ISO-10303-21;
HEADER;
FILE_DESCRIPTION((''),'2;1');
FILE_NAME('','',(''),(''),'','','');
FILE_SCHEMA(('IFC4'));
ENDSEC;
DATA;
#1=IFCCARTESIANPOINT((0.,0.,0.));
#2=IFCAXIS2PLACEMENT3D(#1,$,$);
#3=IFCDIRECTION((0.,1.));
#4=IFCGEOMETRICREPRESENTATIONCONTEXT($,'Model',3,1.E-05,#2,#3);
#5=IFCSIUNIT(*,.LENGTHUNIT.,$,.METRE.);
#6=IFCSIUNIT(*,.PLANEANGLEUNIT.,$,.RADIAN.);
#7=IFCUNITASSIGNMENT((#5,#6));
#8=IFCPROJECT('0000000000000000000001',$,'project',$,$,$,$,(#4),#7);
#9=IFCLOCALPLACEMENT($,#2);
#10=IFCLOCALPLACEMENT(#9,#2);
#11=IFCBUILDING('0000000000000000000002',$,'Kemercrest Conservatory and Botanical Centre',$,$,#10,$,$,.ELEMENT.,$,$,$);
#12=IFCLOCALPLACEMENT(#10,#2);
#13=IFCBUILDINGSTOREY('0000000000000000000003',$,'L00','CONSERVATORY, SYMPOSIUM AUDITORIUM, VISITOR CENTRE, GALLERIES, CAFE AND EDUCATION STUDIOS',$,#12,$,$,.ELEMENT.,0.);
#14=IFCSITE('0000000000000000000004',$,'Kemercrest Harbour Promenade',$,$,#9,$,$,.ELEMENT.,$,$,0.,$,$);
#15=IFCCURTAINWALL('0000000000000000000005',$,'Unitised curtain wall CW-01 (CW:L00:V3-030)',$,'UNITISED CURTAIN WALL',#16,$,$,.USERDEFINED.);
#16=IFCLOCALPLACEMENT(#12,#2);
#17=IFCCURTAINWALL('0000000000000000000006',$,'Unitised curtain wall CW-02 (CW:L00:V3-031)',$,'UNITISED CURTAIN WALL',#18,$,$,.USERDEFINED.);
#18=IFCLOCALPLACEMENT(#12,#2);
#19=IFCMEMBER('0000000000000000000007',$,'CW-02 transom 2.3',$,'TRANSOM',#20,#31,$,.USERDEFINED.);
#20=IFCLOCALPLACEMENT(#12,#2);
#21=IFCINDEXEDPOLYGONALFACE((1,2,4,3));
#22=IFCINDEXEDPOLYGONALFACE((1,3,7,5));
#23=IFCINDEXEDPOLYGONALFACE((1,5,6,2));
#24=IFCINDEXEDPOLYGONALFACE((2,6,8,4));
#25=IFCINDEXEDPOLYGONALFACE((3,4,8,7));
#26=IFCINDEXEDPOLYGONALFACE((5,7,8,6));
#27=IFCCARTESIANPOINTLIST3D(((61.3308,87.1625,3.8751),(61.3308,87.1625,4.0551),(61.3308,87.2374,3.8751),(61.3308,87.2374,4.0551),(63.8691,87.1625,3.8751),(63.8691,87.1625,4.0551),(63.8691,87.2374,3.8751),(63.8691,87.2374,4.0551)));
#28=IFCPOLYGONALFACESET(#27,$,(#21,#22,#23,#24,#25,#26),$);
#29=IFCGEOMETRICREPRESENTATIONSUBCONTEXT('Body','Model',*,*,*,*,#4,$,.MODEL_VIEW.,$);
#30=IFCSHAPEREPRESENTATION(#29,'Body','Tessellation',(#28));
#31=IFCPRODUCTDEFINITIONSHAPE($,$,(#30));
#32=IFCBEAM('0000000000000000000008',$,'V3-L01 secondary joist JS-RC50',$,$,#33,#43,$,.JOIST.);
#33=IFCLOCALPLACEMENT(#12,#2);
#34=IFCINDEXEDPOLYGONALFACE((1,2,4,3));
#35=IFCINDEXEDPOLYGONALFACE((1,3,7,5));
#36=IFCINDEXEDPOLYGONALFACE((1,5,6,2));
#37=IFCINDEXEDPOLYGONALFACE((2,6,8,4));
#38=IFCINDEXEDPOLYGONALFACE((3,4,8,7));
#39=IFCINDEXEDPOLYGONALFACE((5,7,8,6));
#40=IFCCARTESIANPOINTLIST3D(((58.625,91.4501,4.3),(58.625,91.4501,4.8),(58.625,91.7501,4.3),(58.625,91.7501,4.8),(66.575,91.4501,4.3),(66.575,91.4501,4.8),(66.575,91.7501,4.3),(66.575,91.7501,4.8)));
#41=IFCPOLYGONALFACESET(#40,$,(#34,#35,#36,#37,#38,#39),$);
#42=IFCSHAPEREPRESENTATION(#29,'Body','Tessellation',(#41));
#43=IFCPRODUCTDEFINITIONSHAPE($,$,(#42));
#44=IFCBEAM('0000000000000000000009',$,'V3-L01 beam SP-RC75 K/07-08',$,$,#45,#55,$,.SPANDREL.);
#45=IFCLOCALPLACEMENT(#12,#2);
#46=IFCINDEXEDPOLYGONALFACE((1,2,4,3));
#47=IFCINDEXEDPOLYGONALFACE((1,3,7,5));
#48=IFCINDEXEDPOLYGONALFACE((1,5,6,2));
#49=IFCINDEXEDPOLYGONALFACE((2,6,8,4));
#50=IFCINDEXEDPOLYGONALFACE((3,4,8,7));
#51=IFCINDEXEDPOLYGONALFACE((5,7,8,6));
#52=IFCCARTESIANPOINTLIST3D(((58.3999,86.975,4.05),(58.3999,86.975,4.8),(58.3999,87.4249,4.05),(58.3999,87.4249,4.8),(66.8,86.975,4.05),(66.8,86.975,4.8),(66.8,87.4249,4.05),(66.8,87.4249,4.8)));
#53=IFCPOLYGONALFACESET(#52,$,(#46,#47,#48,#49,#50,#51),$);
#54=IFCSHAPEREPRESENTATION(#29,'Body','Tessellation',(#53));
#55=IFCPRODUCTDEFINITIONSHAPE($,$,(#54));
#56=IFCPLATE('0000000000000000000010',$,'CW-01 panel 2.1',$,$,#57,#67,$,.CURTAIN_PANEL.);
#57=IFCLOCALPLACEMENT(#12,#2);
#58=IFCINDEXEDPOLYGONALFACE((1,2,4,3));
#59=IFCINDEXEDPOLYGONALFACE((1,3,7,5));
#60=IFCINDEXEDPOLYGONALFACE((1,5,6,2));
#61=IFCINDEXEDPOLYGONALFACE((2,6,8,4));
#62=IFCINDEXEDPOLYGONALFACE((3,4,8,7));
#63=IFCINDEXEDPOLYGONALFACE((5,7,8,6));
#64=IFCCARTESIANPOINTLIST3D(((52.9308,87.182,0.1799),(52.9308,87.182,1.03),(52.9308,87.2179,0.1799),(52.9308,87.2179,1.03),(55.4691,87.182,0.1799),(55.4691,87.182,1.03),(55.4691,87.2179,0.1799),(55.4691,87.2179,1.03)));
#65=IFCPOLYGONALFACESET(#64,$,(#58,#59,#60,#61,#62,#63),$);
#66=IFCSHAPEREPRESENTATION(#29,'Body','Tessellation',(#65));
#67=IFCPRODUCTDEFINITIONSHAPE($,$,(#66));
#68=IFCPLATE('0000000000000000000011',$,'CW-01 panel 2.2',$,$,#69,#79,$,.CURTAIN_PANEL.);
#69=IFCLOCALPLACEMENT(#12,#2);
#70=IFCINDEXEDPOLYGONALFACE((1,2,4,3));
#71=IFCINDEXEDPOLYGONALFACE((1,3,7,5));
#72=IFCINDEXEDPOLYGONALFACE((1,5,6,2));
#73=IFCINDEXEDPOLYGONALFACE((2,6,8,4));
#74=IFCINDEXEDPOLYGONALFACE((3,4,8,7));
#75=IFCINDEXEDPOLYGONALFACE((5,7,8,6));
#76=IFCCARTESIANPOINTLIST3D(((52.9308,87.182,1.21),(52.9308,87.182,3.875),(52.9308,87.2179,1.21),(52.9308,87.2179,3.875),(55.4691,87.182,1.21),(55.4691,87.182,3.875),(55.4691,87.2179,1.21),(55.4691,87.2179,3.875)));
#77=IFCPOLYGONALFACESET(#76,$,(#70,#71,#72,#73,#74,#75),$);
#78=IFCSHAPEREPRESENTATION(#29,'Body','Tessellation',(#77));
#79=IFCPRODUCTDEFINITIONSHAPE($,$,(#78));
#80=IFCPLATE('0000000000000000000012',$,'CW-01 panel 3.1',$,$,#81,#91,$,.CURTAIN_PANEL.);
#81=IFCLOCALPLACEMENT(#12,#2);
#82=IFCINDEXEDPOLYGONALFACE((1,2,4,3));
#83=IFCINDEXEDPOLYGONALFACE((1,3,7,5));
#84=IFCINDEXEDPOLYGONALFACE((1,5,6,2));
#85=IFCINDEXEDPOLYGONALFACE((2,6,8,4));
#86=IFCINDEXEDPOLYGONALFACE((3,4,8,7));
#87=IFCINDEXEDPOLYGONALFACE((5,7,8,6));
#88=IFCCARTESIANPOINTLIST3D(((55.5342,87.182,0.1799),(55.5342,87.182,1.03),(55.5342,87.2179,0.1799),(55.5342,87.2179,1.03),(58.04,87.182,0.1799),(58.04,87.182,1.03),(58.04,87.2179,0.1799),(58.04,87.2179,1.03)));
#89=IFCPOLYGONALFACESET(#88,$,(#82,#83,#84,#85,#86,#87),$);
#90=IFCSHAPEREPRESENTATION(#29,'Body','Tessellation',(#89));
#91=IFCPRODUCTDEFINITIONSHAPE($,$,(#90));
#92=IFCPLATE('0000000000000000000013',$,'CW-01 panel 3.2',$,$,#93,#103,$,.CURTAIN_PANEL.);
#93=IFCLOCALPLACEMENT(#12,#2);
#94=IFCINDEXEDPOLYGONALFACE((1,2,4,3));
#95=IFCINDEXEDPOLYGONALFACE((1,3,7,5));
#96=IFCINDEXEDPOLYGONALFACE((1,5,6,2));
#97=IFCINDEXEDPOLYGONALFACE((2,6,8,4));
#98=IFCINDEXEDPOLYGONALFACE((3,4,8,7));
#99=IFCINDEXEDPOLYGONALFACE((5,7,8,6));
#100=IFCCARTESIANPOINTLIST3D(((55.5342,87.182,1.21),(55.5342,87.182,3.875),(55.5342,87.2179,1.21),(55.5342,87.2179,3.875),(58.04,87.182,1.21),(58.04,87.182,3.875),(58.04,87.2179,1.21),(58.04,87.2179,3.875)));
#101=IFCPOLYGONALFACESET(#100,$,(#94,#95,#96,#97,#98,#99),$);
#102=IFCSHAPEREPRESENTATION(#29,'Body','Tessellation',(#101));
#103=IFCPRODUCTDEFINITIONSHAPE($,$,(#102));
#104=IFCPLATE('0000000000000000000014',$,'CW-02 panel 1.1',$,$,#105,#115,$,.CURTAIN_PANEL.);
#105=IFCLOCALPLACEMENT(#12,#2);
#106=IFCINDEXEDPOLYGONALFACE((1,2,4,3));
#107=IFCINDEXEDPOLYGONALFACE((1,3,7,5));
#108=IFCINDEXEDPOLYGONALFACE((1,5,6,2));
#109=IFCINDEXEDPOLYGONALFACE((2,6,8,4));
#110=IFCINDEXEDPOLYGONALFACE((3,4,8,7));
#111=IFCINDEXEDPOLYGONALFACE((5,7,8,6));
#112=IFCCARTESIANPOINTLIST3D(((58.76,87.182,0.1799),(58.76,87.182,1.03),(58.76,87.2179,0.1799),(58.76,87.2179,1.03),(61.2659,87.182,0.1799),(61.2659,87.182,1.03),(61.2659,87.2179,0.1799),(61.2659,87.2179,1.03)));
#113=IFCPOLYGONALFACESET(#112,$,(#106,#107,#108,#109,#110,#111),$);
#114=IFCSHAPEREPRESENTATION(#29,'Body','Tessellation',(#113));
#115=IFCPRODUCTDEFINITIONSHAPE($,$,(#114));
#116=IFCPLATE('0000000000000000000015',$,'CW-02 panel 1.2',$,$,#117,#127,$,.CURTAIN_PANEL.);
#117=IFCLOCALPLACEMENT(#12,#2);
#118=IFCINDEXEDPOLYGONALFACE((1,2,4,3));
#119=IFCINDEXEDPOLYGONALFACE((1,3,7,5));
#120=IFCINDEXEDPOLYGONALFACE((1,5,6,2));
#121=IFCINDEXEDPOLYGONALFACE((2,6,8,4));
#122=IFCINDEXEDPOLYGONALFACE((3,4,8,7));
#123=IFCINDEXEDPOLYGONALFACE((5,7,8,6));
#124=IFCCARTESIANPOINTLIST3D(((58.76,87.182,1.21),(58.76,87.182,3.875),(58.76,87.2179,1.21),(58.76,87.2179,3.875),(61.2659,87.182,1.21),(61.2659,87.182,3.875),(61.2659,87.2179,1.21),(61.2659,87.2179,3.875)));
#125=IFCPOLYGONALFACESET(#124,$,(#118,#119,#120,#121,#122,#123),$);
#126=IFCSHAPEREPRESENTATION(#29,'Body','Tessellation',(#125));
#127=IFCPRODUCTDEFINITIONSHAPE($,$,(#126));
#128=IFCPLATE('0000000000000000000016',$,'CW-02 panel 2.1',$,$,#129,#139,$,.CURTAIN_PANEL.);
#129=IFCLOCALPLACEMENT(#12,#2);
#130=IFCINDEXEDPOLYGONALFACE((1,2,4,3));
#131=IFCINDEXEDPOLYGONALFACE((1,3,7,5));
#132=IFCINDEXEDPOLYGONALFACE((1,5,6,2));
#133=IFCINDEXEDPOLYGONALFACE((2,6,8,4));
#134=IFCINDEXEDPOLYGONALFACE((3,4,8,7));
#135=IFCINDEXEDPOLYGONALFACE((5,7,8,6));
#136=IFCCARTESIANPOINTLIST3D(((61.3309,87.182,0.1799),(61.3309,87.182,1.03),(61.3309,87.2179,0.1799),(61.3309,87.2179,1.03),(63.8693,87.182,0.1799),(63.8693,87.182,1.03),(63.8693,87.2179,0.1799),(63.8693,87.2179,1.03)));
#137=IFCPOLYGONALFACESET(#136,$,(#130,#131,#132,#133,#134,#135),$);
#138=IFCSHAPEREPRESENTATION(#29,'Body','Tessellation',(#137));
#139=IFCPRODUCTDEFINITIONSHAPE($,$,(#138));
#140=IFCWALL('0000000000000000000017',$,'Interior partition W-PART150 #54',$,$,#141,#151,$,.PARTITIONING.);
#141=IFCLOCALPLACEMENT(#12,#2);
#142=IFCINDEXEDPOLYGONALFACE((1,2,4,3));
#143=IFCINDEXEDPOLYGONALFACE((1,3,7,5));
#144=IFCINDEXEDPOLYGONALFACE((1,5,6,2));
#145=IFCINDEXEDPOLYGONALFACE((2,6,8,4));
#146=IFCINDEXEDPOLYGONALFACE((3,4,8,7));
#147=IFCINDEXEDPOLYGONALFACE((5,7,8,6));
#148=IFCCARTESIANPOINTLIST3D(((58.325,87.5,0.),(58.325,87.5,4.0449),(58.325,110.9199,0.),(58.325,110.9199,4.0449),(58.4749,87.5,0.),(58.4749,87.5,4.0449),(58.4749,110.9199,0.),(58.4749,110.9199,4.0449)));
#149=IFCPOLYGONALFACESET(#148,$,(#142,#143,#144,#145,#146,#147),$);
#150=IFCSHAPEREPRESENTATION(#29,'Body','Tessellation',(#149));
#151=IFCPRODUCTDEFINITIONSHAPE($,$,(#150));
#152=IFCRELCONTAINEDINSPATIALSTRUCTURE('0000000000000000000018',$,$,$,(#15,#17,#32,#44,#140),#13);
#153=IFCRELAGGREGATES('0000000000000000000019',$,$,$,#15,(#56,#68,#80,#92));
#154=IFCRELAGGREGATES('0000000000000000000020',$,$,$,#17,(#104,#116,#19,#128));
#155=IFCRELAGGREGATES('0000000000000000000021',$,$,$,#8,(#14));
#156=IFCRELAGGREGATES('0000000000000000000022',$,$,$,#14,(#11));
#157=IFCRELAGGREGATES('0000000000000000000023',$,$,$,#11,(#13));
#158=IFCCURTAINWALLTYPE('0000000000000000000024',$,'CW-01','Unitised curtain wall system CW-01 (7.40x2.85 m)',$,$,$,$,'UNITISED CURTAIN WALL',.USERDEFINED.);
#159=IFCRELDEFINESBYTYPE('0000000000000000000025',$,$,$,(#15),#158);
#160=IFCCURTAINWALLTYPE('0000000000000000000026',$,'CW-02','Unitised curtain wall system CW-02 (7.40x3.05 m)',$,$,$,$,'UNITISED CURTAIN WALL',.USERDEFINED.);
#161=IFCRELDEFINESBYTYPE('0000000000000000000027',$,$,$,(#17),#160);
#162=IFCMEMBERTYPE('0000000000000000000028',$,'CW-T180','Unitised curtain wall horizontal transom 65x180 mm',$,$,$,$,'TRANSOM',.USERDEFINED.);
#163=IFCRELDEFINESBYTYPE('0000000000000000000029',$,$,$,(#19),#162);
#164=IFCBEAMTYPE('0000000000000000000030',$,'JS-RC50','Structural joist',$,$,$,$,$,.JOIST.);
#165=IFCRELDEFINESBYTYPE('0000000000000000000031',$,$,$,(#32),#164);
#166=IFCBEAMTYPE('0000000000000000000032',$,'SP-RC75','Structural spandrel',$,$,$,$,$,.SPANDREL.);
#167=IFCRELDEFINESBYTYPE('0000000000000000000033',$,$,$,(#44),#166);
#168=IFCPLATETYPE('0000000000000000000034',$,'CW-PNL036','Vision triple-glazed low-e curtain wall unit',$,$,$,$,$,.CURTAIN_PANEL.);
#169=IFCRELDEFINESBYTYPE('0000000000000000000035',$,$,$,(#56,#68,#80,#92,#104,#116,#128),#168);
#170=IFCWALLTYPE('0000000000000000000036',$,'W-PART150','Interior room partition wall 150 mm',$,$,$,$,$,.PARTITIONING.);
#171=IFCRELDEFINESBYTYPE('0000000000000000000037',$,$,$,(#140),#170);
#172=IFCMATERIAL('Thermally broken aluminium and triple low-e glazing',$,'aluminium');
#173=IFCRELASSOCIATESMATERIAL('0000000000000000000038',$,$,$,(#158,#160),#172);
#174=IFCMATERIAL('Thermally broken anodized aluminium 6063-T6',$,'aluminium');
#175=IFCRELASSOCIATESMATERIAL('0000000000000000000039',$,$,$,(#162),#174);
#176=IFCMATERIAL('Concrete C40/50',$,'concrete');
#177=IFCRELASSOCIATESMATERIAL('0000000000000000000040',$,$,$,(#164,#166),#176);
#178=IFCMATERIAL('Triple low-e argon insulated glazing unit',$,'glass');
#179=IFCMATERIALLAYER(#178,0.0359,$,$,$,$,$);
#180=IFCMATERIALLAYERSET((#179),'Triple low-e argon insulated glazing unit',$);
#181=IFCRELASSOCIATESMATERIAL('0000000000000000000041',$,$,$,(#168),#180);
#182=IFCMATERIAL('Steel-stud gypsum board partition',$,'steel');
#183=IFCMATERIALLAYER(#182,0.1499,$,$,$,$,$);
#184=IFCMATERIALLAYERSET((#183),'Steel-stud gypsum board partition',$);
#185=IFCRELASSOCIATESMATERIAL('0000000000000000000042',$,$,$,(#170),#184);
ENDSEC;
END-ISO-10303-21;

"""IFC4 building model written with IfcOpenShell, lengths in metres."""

from ifc_helpers import new_model, si_unit, direction, frame, frame_2d, origin, origin_2d, place, context, subcontext, project, spatial, rectangle, extrude, material, layer, layer_set, material_profile, profile_set, type_object, element, aggregate, save


model = new_model("IFC4")

# Units and contexts
model_context = context("Model", 3, precision=1e-05, world=origin(), true_north=direction((0.0, 1.0)))
body_context = subcontext(model_context, "Body", "Model", "MODEL_VIEW")
ifc_project = project(units=[si_unit("LENGTHUNIT", "METRE"), si_unit("PLANEANGLEUNIT", "RADIAN")], contexts=[model_context])

# Site, building, storey
site_placement = place(None, origin())
site = spatial("IfcSite", under=ifc_project, at=site_placement, Name="Kemercrest Harbour Promenade", CompositionType="ELEMENT", RefElevation=0.0)
building_placement = place(site_placement, origin())
building = spatial("IfcBuilding", under=site, at=building_placement, Name="Kemercrest Conservatory and Botanical Centre", CompositionType="ELEMENT")
storey_placement = place(building_placement, origin())
storey = spatial("IfcBuildingStorey", under=building, at=storey_placement, Name="L00", Description="CONSERVATORY, SYMPOSIUM AUDITORIUM, VISITOR CENTRE, GALLERIES, CAFE AND EDUCATION STUDIOS", CompositionType="ELEMENT", Elevation=0.0)

# Shared definitions
ifc_material_1 = material(Name="Concrete C40/50", Category="concrete")

# Curtain walls
ifc_material_2 = material(Name="Thermally broken aluminium and triple low-e glazing", Category="aluminium")
curtain_wall_type_1 = type_object("IfcCurtainWallType", Name="CW-01", Description="Unitised curtain wall system CW-01 (7.40x2.85 m)", ElementType="UNITISED CURTAIN WALL", PredefinedType="USERDEFINED", material=ifc_material_2)
curtain_wall_1_placement = place(storey_placement, origin())
curtain_wall_1 = element("IfcCurtainWall", 1, at=curtain_wall_1_placement, inside=storey, type_object=curtain_wall_type_1, Name="Unitised curtain wall CW-01 (CW:L00:V3-030)", ObjectType="UNITISED CURTAIN WALL", PredefinedType="USERDEFINED")
ifc_material_3 = material(Name="Thermally broken anodized aluminium 6063-T6", Category="aluminium")
curtain_wall_type_2 = type_object("IfcCurtainWallType", Name="CW-02", Description="Unitised curtain wall system CW-02 (7.40x3.05 m)", ElementType="UNITISED CURTAIN WALL", PredefinedType="USERDEFINED", material=ifc_material_2)
curtain_wall_2_placement = place(storey_placement, origin())
curtain_wall_2 = element("IfcCurtainWall", 2, at=curtain_wall_2_placement, inside=storey, type_object=curtain_wall_type_2, Name="Unitised curtain wall CW-02 (CW:L00:V3-031)", ObjectType="UNITISED CURTAIN WALL", PredefinedType="USERDEFINED")

# Member
ifc_material_profile_1 = material_profile(ifc_material_3, rectangle(XDim=0.075, YDim=0.1799, at=origin_2d()), Name="AL TRANSOM 75x180")
ifc_profile_set_1 = profile_set([ifc_material_profile_1], Name="Thermally broken anodized aluminium 6063-T6")
member_type_1 = type_object("IfcMemberType", Name="CW-T180", Description="Unitised curtain wall horizontal transom 65x180 mm", ElementType="TRANSOM", PredefinedType="USERDEFINED", material=ifc_profile_set_1)
member_1_placement = place(storey_placement, frame((61.3308, 87.2, 3.9651), z_axis=(1.0, 0.0, 0.0), x_axis=(0.0, 1.0, 0.0)))
member_1 = element("IfcMember", 3, at=member_1_placement, type_object=member_type_1, Name="CW-02 transom 2.3", ObjectType="TRANSOM", PredefinedType="USERDEFINED", context=body_context, shape_type="SweptSolid", body=[
    extrude(rectangle(XDim=0.075, YDim=0.1799, at=origin_2d()), origin(), (0.0, 0.0, 1.0), 2.5383),
])

# Beams
ifc_material_profile_2 = material_profile(ifc_material_1, rectangle(XDim=0.3, YDim=0.5, at=origin_2d()), Name="RC 300x500")
ifc_profile_set_2 = profile_set([ifc_material_profile_2], Name="Concrete C40/50")
beam_type_1 = type_object("IfcBeamType", Name="JS-RC50", Description="Structural joist", PredefinedType="JOIST", material=ifc_profile_set_2)
beam_1_placement = place(storey_placement, frame((58.625, 91.6001, 4.55), z_axis=(1.0, 0.0, 0.0), x_axis=(0.0, 1.0, 0.0)))
element("IfcBeam", 4, at=beam_1_placement, inside=storey, type_object=beam_type_1, Name="V3-L01 secondary joist JS-RC50", PredefinedType="JOIST", context=body_context, shape_type="SweptSolid", body=[
    extrude(rectangle(XDim=0.3, YDim=0.5, at=origin_2d()), origin(), (0.0, 0.0, 1.0), 7.95),
])
ifc_material_profile_3 = material_profile(ifc_material_1, rectangle(XDim=0.45, YDim=0.75, at=origin_2d()), Name="RC 450x750")
ifc_profile_set_3 = profile_set([ifc_material_profile_3], Name="Concrete C40/50")
beam_type_2 = type_object("IfcBeamType", Name="SP-RC75", Description="Structural spandrel", PredefinedType="SPANDREL", material=ifc_profile_set_3)
beam_2_placement = place(storey_placement, frame((58.3999, 87.2, 4.425), z_axis=(1.0, 0.0, 0.0), x_axis=(0.0, 1.0, 0.0)))
element("IfcBeam", 5, at=beam_2_placement, inside=storey, type_object=beam_type_2, Name="V3-L01 beam SP-RC75 K/07-08", PredefinedType="SPANDREL", context=body_context, shape_type="SweptSolid", body=[
    extrude(rectangle(XDim=0.45, YDim=0.75, at=origin_2d()), origin(), (0.0, 0.0, 1.0), 8.4001),
])

# Plates
ifc_material_4 = material(Name="Triple low-e argon insulated glazing unit", Category="glass")
ifc_layer_1 = layer(ifc_material_4, 0.0359)
ifc_layer_set_1 = layer_set([ifc_layer_1], Name="Triple low-e argon insulated glazing unit")
plate_type = type_object("IfcPlateType", Name="CW-PNL036", Description="Vision triple-glazed low-e curtain wall unit", PredefinedType="CURTAIN_PANEL", material=ifc_layer_set_1)
plate_1_placement = place(storey_placement, frame((54.2, 87.2, 0.1799), z_axis=(0.0, 0.0, 1.0), x_axis=(1.0, 0.0, 0.0)))
plate_1 = element("IfcPlate", 6, at=plate_1_placement, type_object=plate_type, Name="CW-01 panel 2.1", PredefinedType="CURTAIN_PANEL", context=body_context, shape_type="SweptSolid", body=[
    extrude(rectangle(XDim=2.5383, YDim=0.0359, at=origin_2d()), origin(), (0.0, 0.0, 1.0), 0.8501),
])
plate_2_placement = place(storey_placement, frame((54.2, 87.2, 1.21), z_axis=(0.0, 0.0, 1.0), x_axis=(1.0, 0.0, 0.0)))
plate_2 = element("IfcPlate", 7, at=plate_2_placement, type_object=plate_type, Name="CW-01 panel 2.2", PredefinedType="CURTAIN_PANEL", context=body_context, shape_type="SweptSolid", body=[
    extrude(rectangle(XDim=2.5383, YDim=0.0359, at=origin_2d()), origin(), (0.0, 0.0, 1.0), 2.665),
])
plate_3_placement = place(storey_placement, frame((56.7871, 87.2, 0.1799), z_axis=(0.0, 0.0, 1.0), x_axis=(1.0, 0.0, 0.0)))
plate_3 = element("IfcPlate", 8, at=plate_3_placement, type_object=plate_type, Name="CW-01 panel 3.1", PredefinedType="CURTAIN_PANEL", context=body_context, shape_type="SweptSolid", body=[
    extrude(rectangle(XDim=2.5059, YDim=0.0359, at=origin_2d()), origin(), (0.0, 0.0, 1.0), 0.8501),
])
plate_4_placement = place(storey_placement, frame((56.7871, 87.2, 1.21), z_axis=(0.0, 0.0, 1.0), x_axis=(1.0, 0.0, 0.0)))
plate_4 = element("IfcPlate", 9, at=plate_4_placement, type_object=plate_type, Name="CW-01 panel 3.2", PredefinedType="CURTAIN_PANEL", context=body_context, shape_type="SweptSolid", body=[
    extrude(rectangle(XDim=2.5059, YDim=0.0359, at=origin_2d()), origin(), (0.0, 0.0, 1.0), 2.665),
])
aggregate(curtain_wall_1, [plate_1, plate_2, plate_3, plate_4])
plate_5_placement = place(storey_placement, frame((60.0129, 87.2, 0.1799), z_axis=(0.0, 0.0, 1.0), x_axis=(1.0, 0.0, 0.0)))
plate_5 = element("IfcPlate", 10, at=plate_5_placement, type_object=plate_type, Name="CW-02 panel 1.1", PredefinedType="CURTAIN_PANEL", context=body_context, shape_type="SweptSolid", body=[
    extrude(rectangle(XDim=2.5059, YDim=0.0359, at=origin_2d()), origin(), (0.0, 0.0, 1.0), 0.8501),
])
plate_6_placement = place(storey_placement, frame((60.0129, 87.2, 1.21), z_axis=(0.0, 0.0, 1.0), x_axis=(1.0, 0.0, 0.0)))
plate_6 = element("IfcPlate", 11, at=plate_6_placement, type_object=plate_type, Name="CW-02 panel 1.2", PredefinedType="CURTAIN_PANEL", context=body_context, shape_type="SweptSolid", body=[
    extrude(rectangle(XDim=2.5059, YDim=0.0359, at=origin_2d()), origin(), (0.0, 0.0, 1.0), 2.665),
])
plate_7_placement = place(storey_placement, frame((62.6001, 87.2, 0.1799), z_axis=(0.0, 0.0, 1.0), x_axis=(1.0, 0.0, 0.0)))
plate_7 = element("IfcPlate", 12, at=plate_7_placement, type_object=plate_type, Name="CW-02 panel 2.1", PredefinedType="CURTAIN_PANEL", context=body_context, shape_type="SweptSolid", body=[
    extrude(rectangle(XDim=2.5383, YDim=0.0359, at=origin_2d()), origin(), (0.0, 0.0, 1.0), 0.8501),
])
aggregate(curtain_wall_2, [plate_5, plate_6, member_1, plate_7])

# Wall
ifc_material_5 = material(Name="Steel-stud gypsum board partition", Category="steel")
ifc_layer_2 = layer(ifc_material_5, 0.1499)
ifc_layer_set_2 = layer_set([ifc_layer_2], Name="Steel-stud gypsum board partition")
wall_type = type_object("IfcWallType", Name="W-PART150", Description="Interior room partition wall 150 mm", PredefinedType="PARTITIONING", material=ifc_layer_set_2)
wall_placement = place(storey_placement, frame((58.3999, 87.5, 0.0), z_axis=(0.0, 0.0, 1.0), x_axis=(0.0, 1.0, 0.0)))
element("IfcWall", 13, at=wall_placement, inside=storey, type_object=wall_type, Name="Interior partition W-PART150 #54", PredefinedType="PARTITIONING", context=body_context, shape_type="SweptSolid", body=[
    extrude(rectangle(XDim=23.4199, YDim=0.1499, at=frame_2d((11.71, 0.0))), origin(), (0.0, 0.0, 1.0), 4.0449),
])

save(model, "model.ifc")
